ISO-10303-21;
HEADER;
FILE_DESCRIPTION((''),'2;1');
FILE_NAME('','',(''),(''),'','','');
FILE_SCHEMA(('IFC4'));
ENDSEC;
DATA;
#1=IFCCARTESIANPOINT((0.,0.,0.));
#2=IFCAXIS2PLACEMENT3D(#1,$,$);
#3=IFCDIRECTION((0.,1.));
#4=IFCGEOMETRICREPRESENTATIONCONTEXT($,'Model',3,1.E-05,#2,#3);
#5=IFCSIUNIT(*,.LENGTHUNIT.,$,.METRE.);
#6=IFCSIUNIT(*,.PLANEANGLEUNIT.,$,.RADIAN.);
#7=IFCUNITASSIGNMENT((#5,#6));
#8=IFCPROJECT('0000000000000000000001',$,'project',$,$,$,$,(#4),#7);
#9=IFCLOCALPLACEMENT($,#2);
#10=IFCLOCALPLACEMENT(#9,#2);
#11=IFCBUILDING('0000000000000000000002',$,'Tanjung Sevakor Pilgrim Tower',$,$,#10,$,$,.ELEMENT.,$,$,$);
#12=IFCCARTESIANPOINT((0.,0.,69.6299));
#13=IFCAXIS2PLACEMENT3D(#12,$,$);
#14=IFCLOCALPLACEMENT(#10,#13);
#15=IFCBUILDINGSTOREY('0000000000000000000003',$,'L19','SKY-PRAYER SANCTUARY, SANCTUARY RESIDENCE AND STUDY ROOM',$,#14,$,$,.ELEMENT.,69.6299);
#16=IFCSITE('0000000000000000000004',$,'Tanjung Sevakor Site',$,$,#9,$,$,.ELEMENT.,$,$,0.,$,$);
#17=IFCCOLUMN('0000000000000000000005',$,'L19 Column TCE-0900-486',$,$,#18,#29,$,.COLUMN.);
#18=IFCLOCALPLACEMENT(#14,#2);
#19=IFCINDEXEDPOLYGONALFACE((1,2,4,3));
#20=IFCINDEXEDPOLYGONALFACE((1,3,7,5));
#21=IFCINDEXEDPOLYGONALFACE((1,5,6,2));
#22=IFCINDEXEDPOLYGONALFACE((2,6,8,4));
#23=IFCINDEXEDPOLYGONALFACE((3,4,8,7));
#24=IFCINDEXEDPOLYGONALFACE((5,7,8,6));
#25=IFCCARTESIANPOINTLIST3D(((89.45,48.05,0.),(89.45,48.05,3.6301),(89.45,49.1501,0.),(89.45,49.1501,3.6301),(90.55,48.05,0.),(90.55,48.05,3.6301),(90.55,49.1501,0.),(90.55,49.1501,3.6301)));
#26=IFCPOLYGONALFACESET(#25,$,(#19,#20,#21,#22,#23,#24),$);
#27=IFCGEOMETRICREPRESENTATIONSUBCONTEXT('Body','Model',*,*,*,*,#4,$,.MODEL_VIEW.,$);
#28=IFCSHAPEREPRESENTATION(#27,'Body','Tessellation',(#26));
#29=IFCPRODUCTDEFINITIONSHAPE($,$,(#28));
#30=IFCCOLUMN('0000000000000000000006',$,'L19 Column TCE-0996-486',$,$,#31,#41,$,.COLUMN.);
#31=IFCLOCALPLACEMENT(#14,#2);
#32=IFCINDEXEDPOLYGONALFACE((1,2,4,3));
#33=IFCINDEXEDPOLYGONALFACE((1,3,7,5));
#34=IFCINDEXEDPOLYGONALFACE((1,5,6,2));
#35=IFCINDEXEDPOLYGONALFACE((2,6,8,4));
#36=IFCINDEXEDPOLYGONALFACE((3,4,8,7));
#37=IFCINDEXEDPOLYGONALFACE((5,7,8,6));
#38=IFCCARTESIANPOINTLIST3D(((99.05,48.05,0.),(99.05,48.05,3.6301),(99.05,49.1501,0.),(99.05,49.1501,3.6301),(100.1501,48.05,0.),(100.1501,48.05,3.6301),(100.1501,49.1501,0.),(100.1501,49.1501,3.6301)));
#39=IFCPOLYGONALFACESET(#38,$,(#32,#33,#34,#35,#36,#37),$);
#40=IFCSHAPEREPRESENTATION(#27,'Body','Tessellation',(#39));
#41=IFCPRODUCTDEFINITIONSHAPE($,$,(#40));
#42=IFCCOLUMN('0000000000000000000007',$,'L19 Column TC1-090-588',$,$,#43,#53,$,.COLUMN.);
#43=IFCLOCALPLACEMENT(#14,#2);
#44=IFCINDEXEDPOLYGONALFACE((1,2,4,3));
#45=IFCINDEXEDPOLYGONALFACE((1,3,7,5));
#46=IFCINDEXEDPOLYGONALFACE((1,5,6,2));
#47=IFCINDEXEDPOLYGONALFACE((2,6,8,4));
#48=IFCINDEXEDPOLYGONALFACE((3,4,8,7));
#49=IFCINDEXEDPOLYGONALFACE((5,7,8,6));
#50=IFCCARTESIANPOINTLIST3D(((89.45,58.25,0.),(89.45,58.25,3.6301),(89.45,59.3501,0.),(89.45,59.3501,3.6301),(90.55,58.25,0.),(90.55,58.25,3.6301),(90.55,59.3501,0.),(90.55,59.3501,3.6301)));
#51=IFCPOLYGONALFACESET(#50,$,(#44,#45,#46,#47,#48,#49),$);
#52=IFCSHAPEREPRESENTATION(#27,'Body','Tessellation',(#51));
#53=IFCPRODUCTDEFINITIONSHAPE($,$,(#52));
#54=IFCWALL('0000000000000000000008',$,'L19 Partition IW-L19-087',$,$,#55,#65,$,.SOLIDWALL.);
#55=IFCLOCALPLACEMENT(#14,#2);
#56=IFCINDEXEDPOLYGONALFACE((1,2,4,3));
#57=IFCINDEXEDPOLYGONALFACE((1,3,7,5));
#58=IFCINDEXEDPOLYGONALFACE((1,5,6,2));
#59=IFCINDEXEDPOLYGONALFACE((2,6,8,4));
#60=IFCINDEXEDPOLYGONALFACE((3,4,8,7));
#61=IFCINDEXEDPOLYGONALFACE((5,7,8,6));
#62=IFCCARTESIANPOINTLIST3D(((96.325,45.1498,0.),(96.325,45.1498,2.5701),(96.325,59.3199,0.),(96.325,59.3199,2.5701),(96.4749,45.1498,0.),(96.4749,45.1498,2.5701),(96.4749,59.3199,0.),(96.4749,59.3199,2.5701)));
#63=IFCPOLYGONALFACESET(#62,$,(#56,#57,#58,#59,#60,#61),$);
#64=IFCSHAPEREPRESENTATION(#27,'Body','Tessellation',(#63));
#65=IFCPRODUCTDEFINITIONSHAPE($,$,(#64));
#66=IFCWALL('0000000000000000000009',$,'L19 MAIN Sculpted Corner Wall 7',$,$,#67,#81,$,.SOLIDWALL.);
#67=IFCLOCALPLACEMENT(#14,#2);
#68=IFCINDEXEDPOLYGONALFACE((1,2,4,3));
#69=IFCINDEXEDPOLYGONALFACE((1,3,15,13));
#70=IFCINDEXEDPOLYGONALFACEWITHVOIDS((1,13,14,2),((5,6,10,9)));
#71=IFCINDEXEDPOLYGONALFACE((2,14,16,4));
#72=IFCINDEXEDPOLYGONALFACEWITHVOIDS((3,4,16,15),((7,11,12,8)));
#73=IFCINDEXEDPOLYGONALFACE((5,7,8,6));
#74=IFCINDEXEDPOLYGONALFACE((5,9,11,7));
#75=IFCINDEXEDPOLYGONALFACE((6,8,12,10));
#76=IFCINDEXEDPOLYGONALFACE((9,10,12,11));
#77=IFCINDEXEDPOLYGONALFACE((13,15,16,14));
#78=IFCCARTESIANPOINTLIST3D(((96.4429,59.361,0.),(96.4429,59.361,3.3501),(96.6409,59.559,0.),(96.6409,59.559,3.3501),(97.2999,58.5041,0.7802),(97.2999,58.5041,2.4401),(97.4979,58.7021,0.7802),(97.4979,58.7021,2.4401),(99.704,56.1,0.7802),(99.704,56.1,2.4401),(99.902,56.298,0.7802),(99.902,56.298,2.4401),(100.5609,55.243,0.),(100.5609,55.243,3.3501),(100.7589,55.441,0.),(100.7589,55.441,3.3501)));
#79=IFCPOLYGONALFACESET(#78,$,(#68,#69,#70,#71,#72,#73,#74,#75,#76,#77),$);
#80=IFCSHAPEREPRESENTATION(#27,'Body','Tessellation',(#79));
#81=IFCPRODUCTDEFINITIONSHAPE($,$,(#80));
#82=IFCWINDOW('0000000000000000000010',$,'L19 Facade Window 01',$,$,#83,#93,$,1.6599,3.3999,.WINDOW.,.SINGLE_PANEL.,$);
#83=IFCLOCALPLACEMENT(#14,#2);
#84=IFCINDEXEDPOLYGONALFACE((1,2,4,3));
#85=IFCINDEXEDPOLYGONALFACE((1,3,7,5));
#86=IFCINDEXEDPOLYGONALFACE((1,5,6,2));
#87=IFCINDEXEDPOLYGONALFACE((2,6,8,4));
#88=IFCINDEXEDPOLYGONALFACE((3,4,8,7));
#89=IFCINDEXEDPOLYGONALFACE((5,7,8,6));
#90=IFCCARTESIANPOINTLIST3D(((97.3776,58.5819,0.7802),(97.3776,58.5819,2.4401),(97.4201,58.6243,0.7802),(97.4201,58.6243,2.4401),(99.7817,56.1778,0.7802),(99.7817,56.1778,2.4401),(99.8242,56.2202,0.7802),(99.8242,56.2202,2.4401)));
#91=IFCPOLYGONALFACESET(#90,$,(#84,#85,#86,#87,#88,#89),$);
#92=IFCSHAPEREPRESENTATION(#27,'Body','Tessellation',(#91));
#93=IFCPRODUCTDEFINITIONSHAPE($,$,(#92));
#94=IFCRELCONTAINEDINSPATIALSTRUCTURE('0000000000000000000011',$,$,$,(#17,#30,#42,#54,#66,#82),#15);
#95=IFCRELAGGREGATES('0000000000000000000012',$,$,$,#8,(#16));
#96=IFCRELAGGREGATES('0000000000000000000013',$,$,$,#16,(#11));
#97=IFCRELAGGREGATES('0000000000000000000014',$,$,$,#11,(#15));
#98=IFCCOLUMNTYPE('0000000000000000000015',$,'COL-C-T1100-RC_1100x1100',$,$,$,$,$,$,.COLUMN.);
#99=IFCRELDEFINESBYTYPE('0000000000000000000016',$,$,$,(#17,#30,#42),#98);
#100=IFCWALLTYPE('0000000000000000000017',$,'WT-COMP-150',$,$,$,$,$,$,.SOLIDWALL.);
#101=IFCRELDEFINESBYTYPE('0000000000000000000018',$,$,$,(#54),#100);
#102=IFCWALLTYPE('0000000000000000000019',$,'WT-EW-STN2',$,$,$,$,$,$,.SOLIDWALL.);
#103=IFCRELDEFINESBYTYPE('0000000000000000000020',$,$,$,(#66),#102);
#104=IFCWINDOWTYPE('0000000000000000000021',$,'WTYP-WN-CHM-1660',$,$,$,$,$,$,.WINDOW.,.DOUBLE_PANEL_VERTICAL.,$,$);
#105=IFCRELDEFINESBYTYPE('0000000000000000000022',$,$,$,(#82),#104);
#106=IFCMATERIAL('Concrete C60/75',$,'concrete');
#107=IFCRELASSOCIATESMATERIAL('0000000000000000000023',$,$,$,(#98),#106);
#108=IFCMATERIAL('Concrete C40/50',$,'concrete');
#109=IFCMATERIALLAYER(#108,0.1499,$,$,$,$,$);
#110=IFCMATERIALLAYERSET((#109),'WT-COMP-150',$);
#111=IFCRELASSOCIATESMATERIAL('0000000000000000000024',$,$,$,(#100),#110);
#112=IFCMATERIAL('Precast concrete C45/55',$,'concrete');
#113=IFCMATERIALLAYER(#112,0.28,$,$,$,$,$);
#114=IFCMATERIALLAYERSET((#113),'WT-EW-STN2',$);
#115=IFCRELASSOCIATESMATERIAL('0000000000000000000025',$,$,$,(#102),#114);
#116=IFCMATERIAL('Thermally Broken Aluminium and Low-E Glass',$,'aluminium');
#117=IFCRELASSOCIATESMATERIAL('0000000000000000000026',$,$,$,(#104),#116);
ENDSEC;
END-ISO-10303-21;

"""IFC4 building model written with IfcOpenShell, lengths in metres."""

from ifc_helpers import new_model, si_unit, direction, frame, frame_2d, origin, origin_2d, place, context, subcontext, project, spatial, rectangle, extrude, material, layer, layer_set, material_profile, profile_set, type_object, element, fill, save


model = new_model("IFC4")

# Units and contexts
model_context = context("Model", 3, precision=1e-05, world=origin(), true_north=direction((0.0, 1.0)))
body_context = subcontext(model_context, "Body", "Model", "MODEL_VIEW")
ifc_project = project(units=[si_unit("LENGTHUNIT", "METRE"), si_unit("PLANEANGLEUNIT", "RADIAN")], contexts=[model_context])

# Site, building, storey
site_placement = place(None, origin())
site = spatial("IfcSite", under=ifc_project, at=site_placement, Name="Tanjung Sevakor Site", CompositionType="ELEMENT", RefElevation=0.0)
building_placement = place(site_placement, origin())
building = spatial("IfcBuilding", under=site, at=building_placement, Name="Tanjung Sevakor Pilgrim Tower", CompositionType="ELEMENT")
storey_placement = place(building_placement, frame((0.0, 0.0, 69.6299)))
storey = spatial("IfcBuildingStorey", under=building, at=storey_placement, Name="L19", Description="SKY-PRAYER SANCTUARY, SANCTUARY RESIDENCE AND STUDY ROOM", CompositionType="ELEMENT", Elevation=69.6299)

# Columns
ifc_material_1 = material(Name="Concrete C60/75", Category="concrete")
ifc_material_profile = material_profile(ifc_material_1, rectangle(XDim=1.1001, YDim=1.1001, at=origin_2d()))
ifc_profile_set = profile_set([ifc_material_profile], Name="Concrete C60/75")
column_type = type_object("IfcColumnType", Name="COL-C-T1100-RC_1100x1100", PredefinedType="COLUMN", material=ifc_profile_set)
for number, where, z_axis, x_axis, name in (
    (1, (90.0, 48.6001, 0.0), (0.0, 0.0, 1.0), (1.0, 0.0, 0.0), "L19 Column TCE-0900-486"),
    (2, (99.6001, 48.6001, 0.0), (0.0, 0.0, 1.0), (1.0, 0.0, 0.0), "L19 Column TCE-0996-486"),
    (3, (90.0, 58.8, 0.0), (0.0, 0.0, 1.0), (1.0, 0.0, 0.0), "L19 Column TC1-090-588"),
):
    element("IfcColumn", number, at=place(storey_placement, frame(where, z_axis=z_axis, x_axis=x_axis)), inside=storey, type_object=column_type, Name=name, PredefinedType="COLUMN", context=body_context, shape_type="SweptSolid", body=[
        extrude(rectangle(XDim=1.1001, YDim=1.1001, at=origin_2d()), origin(), (0.0, 0.0, 1.0), 3.6301),
    ])

# Wall
ifc_material_2 = material(Name="Concrete C40/50", Category="concrete")
ifc_layer_1 = layer(ifc_material_2, 0.1499)
ifc_layer_set_1 = layer_set([ifc_layer_1], Name="WT-COMP-150")
wall_type_1 = type_object("IfcWallType", Name="WT-COMP-150", PredefinedType="SOLIDWALL", material=ifc_layer_set_1)
wall_1_placement = place(storey_placement, frame((96.3999, 45.1499, 0.0), z_axis=(0.0, 0.0, 1.0), x_axis=(0.0, 1.0, 0.0)))
element("IfcWall", 4, at=wall_1_placement, inside=storey, type_object=wall_type_1, Name="L19 Partition IW-L19-087", PredefinedType="SOLIDWALL", context=body_context, shape_type="SweptSolid", body=[
    extrude(rectangle(XDim=14.1702, YDim=0.1499, at=frame_2d((7.085, 0.0))), origin(), (0.0, 0.0, 1.0), 2.5701),
])

# Wall, opening, window
ifc_material_3 = material(Name="Precast concrete C45/55", Category="concrete")
ifc_layer_2 = layer(ifc_material_3, 0.28)
ifc_layer_set_2 = layer_set([ifc_layer_2], Name="WT-EW-STN2")
wall_type_2 = type_object("IfcWallType", Name="WT-EW-STN2", PredefinedType="SOLIDWALL", material=ifc_layer_set_2)
wall_2_placement = place(storey_placement, frame((100.6599, 55.342, 0.0), z_axis=(0.0, 0.0, 1.0), x_axis=(-0.707107, 0.707107, 0.0)))
wall_2 = element("IfcWall", 5, at=wall_2_placement, inside=storey, type_object=wall_type_2, Name="L19 MAIN Sculpted Corner Wall 7", PredefinedType="SOLIDWALL", context=body_context, shape_type="SweptSolid", body=[
    extrude(rectangle(XDim=5.8237, YDim=0.28, at=frame_2d((2.9119, 0.0))), origin(), (0.0, 0.0, 1.0), 3.3501),
])
opening_1_placement = place(wall_2_placement, frame((1.2119, 0.0, 0.78)))
opening_1 = element("IfcOpeningElement", 6, at=opening_1_placement, cuts=wall_2, PredefinedType="OPENING", context=body_context, shape_type="SweptSolid", body=[
    extrude(rectangle(XDim=3.3999, YDim=1.6599, at=frame_2d((1.7, 0.8301))), frame((0.0, 0.1499, 0.0), z_axis=(0.0, -1.0, 0.0), x_axis=(1.0, 0.0, 0.0)), (0.0, 0.0, 1.0), 0.3),
])
ifc_material_4 = material(Name="Thermally Broken Aluminium and Low-E Glass", Category="aluminium")
window_type_1 = type_object("IfcWindowType", Name="WTYP-WN-CHM-1660", PartitioningType="DOUBLE_PANEL_VERTICAL", PredefinedType="WINDOW", material=ifc_material_4)
window_1_placement = place(opening_1_placement, origin())
window_1 = element("IfcWindow", 7, at=window_1_placement, inside=storey, type_object=window_type_1, Name="L19 Facade Window 01", OverallHeight=1.6599, OverallWidth=3.3999, PartitioningType="SINGLE_PANEL", PredefinedType="WINDOW", context=body_context, shape_type="SweptSolid", body=[
    extrude(rectangle(XDim=3.3999, YDim=1.6599, at=frame_2d((1.7, 0.8301))), frame((0.0, 0.03, 0.0), z_axis=(0.0, -1.0, 0.0), x_axis=(1.0, 0.0, 0.0)), (0.0, 0.0, 1.0), 0.0601),
])
fill(opening_1, window_1)

save(model, "model.ifc")
